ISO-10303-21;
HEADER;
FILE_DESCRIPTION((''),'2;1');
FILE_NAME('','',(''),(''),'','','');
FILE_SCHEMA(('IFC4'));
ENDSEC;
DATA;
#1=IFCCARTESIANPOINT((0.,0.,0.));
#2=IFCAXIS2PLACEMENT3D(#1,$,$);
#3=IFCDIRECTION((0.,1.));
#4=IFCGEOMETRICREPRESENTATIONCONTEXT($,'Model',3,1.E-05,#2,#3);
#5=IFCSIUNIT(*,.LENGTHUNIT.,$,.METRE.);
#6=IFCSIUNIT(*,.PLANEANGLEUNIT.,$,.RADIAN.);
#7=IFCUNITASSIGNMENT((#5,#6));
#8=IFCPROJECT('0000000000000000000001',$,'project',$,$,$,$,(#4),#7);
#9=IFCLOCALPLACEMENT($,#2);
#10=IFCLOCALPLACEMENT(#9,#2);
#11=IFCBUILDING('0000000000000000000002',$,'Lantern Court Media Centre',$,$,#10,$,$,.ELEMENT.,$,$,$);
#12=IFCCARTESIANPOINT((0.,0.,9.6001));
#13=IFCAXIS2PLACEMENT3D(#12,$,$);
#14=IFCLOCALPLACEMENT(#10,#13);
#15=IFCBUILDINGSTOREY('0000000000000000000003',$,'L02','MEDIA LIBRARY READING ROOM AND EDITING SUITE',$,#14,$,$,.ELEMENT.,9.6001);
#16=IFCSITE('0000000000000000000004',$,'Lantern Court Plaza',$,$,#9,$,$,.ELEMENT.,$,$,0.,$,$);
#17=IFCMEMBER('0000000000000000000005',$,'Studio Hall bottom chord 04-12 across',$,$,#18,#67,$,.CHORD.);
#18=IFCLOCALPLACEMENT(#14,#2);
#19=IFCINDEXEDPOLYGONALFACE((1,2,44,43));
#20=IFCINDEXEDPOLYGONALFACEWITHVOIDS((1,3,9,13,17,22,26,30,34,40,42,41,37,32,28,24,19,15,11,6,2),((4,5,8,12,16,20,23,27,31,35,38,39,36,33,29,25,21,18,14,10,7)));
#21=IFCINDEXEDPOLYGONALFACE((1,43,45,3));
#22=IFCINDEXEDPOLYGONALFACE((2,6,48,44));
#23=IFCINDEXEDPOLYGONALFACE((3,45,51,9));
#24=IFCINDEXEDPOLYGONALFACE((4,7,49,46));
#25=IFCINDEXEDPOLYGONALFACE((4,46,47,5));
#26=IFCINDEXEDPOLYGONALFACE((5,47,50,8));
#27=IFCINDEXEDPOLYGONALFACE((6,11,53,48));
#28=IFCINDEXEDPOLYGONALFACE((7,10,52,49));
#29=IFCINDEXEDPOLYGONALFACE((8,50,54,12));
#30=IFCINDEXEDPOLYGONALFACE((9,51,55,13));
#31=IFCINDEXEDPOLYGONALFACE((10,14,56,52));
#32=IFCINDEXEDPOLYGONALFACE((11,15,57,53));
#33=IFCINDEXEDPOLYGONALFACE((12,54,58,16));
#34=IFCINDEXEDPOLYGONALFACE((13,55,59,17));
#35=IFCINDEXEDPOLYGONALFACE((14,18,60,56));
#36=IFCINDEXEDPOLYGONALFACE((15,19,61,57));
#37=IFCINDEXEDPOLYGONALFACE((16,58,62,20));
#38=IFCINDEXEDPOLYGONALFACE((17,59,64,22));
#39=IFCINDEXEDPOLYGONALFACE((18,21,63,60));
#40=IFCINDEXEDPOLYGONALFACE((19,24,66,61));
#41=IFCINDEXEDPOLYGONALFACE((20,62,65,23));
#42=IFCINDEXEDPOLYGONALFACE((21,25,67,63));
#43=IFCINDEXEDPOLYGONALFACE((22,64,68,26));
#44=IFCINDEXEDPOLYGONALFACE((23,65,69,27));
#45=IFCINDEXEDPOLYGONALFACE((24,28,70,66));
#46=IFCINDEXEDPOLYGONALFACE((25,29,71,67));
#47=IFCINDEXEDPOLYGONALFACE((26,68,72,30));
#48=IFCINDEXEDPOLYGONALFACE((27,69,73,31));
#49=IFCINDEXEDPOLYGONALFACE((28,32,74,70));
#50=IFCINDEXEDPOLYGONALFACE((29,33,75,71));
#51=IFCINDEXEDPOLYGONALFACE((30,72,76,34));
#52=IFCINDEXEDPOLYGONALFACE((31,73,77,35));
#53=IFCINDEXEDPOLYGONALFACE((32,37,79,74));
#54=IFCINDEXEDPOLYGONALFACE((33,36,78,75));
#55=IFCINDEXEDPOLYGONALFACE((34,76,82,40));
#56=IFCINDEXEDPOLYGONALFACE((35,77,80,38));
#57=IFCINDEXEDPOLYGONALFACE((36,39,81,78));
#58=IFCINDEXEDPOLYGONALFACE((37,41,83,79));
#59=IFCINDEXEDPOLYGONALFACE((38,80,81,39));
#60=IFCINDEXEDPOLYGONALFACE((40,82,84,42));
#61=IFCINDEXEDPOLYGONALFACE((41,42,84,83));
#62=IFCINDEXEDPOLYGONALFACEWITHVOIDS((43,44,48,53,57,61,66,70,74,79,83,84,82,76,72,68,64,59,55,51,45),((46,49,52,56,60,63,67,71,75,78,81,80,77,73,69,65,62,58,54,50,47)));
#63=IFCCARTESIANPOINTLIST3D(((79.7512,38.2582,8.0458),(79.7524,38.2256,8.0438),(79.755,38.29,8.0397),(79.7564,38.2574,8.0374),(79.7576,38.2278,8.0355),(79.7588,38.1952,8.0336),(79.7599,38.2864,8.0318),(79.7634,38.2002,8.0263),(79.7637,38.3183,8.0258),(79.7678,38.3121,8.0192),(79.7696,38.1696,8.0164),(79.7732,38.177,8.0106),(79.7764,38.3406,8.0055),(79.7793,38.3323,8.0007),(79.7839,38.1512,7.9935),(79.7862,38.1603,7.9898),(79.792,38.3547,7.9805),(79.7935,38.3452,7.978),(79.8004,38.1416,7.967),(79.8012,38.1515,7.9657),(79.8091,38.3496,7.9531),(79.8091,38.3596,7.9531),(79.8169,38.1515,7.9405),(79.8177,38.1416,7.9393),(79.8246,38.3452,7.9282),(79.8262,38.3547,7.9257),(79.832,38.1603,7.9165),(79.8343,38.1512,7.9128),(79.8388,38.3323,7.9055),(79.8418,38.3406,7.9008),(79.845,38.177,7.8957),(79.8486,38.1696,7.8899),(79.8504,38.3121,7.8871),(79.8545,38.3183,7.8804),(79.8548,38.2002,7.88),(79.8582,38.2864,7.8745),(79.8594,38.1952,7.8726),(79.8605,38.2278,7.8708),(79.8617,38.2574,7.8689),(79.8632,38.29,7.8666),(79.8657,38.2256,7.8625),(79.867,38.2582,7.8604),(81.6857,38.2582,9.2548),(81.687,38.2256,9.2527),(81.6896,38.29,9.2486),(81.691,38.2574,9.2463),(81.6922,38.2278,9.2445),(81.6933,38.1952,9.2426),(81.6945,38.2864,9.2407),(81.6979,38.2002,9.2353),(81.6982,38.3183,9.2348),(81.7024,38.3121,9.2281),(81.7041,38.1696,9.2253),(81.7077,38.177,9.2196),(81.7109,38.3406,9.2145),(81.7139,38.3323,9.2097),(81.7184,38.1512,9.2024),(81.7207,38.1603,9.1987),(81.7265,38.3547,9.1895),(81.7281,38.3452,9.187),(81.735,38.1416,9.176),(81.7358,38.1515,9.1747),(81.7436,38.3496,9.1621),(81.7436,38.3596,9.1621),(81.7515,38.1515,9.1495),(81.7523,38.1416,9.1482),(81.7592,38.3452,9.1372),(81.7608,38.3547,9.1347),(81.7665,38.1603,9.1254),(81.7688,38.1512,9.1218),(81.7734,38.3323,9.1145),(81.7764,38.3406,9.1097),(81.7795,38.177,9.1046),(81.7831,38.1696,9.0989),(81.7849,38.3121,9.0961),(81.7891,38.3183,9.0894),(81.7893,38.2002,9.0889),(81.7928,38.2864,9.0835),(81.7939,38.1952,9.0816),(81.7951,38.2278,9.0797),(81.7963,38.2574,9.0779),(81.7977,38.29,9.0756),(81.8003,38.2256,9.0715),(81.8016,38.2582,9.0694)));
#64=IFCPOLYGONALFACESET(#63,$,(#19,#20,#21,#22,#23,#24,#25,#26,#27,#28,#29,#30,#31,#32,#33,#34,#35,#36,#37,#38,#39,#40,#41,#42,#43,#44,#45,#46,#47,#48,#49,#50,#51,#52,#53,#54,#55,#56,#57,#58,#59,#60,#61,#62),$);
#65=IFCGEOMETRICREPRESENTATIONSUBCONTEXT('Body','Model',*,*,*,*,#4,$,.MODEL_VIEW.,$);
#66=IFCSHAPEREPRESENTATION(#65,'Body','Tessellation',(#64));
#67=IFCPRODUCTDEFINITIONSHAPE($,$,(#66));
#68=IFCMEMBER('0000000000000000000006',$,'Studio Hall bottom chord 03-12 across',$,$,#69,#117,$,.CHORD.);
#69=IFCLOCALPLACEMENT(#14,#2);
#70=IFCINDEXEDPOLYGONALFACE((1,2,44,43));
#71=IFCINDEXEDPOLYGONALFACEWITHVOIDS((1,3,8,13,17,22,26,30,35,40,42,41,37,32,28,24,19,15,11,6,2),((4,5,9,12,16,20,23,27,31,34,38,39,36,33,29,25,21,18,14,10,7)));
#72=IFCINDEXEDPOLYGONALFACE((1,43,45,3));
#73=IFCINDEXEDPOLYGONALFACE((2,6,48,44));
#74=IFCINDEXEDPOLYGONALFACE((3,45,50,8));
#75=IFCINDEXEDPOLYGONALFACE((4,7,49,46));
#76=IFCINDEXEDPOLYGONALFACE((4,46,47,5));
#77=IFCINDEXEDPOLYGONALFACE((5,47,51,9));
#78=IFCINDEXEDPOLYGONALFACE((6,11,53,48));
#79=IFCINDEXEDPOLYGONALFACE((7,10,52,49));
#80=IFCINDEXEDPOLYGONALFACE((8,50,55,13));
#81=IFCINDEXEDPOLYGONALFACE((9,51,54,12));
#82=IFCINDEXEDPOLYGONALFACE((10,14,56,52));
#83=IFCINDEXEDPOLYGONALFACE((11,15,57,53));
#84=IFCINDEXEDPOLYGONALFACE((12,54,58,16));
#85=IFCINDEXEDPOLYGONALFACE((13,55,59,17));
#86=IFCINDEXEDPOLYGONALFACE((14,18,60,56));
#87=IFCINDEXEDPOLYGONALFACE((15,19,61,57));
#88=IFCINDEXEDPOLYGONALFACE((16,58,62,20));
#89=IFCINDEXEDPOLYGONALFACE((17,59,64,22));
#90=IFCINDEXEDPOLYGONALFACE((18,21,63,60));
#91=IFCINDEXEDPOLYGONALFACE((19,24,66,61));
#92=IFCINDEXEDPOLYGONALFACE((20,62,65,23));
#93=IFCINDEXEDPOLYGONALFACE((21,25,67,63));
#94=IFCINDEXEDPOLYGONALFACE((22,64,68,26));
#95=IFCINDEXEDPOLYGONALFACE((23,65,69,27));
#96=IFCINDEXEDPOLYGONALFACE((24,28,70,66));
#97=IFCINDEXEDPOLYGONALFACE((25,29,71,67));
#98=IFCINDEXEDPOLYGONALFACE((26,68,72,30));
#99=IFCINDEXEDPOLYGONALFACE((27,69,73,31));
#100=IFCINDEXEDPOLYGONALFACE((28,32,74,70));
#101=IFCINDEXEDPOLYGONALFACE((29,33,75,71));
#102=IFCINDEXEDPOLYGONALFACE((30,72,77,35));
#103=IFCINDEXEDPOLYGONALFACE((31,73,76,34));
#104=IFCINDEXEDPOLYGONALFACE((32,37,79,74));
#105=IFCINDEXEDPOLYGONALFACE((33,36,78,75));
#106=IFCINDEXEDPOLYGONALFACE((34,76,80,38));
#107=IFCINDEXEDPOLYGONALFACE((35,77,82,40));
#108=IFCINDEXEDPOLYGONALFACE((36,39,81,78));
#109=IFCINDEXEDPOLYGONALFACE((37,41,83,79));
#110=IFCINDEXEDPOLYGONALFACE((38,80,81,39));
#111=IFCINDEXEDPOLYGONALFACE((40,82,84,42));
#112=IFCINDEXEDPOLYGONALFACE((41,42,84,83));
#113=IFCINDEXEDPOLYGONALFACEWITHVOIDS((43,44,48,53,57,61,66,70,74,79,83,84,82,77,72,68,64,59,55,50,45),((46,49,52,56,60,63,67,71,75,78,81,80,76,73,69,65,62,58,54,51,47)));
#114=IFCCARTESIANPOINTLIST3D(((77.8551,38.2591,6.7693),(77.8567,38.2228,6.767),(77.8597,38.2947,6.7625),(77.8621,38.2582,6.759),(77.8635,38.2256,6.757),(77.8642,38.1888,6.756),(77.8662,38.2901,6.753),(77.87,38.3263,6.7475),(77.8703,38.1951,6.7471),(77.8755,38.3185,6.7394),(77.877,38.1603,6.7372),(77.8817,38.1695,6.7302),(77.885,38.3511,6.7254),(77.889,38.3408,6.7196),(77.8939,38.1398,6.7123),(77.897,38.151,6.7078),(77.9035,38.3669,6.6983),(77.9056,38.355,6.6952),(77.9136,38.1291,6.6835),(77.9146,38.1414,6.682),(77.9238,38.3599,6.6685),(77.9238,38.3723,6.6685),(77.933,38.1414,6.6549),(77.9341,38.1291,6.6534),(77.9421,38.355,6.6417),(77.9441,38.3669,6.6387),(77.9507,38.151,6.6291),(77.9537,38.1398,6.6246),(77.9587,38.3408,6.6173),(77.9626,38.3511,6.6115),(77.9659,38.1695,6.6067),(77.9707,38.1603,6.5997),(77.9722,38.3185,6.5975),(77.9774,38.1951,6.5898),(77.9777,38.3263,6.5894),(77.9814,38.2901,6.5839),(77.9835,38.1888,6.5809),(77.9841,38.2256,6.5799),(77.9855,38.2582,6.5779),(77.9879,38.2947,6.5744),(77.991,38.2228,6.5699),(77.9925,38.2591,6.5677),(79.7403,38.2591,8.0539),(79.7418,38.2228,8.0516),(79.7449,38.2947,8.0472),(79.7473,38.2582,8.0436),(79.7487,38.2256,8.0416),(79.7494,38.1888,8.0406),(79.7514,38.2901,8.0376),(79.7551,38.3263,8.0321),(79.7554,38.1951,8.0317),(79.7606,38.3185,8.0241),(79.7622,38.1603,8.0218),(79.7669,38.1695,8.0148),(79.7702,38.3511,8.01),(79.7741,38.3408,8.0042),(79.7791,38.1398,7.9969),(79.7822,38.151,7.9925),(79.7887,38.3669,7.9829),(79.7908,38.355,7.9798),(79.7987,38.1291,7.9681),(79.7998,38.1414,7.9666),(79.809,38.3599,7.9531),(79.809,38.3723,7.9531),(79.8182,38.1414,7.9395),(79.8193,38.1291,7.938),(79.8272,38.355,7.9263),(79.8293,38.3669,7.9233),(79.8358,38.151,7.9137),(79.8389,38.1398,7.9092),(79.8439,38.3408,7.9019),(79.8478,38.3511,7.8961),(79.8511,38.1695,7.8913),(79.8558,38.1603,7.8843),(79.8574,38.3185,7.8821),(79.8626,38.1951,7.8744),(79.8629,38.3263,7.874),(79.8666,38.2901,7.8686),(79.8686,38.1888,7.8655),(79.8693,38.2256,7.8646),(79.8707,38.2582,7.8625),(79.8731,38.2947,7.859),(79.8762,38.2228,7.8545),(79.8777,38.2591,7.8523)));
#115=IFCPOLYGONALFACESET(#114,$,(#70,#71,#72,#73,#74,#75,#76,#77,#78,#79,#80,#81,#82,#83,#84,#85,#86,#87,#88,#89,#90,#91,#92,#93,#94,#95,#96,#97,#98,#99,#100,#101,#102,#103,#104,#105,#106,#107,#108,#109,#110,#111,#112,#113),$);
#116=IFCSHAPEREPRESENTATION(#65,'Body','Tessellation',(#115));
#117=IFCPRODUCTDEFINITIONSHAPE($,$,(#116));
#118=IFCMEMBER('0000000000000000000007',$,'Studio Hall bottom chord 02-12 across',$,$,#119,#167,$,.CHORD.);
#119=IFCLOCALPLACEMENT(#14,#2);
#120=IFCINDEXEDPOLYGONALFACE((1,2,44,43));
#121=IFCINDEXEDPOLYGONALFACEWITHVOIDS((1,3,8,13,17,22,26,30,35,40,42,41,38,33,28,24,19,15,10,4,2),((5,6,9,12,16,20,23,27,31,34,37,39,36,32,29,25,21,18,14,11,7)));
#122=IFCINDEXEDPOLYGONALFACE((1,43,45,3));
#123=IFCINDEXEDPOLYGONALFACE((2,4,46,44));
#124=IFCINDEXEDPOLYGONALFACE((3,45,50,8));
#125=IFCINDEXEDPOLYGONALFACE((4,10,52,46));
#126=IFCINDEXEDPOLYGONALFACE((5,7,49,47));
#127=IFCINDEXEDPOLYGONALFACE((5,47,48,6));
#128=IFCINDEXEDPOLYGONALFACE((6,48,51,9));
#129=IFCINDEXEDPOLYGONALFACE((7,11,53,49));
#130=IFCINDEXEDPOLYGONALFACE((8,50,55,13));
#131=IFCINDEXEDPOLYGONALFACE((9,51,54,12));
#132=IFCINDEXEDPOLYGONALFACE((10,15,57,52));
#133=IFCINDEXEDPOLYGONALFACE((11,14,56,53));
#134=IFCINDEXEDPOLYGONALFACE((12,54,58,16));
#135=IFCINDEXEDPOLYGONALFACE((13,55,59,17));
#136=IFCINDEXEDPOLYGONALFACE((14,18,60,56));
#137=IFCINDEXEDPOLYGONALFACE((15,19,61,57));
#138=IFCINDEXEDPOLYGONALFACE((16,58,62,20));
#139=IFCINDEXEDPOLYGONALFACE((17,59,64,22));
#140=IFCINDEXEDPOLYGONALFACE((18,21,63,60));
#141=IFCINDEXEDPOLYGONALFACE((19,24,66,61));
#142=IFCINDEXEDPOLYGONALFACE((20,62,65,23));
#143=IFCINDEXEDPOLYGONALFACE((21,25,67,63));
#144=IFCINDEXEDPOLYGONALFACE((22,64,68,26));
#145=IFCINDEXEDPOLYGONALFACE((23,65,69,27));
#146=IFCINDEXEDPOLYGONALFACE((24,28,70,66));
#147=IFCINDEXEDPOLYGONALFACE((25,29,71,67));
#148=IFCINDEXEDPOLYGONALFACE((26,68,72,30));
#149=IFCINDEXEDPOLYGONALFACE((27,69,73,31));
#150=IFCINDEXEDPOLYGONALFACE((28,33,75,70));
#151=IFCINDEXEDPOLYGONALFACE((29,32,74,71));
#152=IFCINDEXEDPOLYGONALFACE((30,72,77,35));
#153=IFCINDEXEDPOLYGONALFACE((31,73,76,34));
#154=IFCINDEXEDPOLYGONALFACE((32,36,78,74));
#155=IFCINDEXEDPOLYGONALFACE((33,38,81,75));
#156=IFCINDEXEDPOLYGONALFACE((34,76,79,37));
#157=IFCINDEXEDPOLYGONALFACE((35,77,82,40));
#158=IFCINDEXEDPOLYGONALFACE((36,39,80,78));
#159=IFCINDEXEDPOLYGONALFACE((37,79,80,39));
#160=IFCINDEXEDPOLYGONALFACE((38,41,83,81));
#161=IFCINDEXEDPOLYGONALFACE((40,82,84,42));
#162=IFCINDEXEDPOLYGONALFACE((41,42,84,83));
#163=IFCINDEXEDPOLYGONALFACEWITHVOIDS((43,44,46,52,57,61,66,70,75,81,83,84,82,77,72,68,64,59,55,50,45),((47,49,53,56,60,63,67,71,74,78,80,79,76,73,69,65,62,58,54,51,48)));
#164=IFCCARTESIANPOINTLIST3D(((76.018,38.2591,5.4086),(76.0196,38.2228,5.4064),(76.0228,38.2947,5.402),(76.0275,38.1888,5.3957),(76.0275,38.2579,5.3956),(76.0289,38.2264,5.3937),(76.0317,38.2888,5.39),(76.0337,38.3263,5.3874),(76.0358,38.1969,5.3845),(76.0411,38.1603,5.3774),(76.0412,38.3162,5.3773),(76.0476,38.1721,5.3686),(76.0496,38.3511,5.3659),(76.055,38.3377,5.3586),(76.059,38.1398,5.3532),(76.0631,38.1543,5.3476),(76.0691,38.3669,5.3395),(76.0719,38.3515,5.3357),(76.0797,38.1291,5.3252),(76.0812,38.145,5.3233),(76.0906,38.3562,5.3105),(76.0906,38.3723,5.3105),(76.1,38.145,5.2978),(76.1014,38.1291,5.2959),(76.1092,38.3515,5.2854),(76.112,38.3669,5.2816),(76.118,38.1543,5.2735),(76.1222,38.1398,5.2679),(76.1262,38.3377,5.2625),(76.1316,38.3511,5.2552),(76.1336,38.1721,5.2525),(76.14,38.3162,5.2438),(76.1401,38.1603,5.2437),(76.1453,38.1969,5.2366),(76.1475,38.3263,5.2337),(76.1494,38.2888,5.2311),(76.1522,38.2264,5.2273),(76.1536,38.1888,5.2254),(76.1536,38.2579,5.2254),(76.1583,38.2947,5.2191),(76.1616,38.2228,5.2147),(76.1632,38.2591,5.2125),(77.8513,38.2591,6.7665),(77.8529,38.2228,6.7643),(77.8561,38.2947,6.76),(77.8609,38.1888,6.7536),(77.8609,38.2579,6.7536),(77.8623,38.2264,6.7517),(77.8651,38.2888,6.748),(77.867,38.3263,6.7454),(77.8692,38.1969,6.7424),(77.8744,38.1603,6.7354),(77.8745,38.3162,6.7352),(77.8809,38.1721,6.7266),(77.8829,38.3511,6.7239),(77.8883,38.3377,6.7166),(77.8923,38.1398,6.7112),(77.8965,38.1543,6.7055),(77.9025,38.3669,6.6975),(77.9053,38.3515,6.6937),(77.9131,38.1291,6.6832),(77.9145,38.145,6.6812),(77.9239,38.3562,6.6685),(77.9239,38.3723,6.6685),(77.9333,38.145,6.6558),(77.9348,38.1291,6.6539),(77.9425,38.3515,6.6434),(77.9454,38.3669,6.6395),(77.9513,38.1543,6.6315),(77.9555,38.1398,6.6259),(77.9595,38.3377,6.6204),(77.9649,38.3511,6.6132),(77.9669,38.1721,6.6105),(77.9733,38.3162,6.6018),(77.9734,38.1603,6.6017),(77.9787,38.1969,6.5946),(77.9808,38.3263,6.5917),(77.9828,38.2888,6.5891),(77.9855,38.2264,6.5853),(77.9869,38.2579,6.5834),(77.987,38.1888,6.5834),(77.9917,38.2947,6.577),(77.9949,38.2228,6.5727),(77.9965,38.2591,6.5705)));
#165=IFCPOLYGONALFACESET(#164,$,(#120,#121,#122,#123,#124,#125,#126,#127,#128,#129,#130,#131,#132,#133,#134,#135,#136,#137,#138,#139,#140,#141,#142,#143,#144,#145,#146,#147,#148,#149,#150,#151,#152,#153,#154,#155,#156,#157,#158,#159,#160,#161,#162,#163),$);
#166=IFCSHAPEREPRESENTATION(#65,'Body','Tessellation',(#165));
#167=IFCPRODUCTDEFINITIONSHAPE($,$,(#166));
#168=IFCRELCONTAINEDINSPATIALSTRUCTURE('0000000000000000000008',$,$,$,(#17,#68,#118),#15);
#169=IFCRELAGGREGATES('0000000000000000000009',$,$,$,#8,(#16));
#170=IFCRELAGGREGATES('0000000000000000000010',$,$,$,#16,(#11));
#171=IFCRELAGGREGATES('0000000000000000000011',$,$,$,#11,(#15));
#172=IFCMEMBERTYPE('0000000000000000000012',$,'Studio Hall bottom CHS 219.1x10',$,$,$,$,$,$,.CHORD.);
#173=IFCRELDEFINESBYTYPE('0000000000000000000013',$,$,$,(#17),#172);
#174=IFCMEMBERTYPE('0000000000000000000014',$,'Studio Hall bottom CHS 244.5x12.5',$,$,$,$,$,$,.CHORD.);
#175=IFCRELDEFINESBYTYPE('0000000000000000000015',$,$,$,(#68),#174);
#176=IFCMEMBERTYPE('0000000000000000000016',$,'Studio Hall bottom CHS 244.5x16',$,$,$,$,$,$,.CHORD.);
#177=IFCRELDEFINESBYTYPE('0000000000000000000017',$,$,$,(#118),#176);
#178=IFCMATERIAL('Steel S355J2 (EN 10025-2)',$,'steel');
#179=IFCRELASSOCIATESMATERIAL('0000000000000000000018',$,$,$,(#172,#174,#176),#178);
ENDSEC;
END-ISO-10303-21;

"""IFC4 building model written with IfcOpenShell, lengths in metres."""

from ifc_helpers import new_model, si_unit, direction, frame, origin, origin_2d, place, context, subcontext, project, spatial, hollow_circle, extrude, material, material_profile, profile_set, type_object, element, save


model = new_model("IFC4")

# Units and contexts
model_context = context("Model", 3, precision=1e-05, world=origin(), true_north=direction((0.0, 1.0)))
body_context = subcontext(model_context, "Body", "Model", "MODEL_VIEW")
ifc_project = project(units=[si_unit("LENGTHUNIT", "METRE"), si_unit("PLANEANGLEUNIT", "RADIAN")], contexts=[model_context])

# Site, building, storey
site_placement = place(None, origin())
site = spatial("IfcSite", under=ifc_project, at=site_placement, Name="Lantern Court Plaza", CompositionType="ELEMENT", RefElevation=0.0)
building_placement = place(site_placement, origin())
building = spatial("IfcBuilding", under=site, at=building_placement, Name="Lantern Court Media Centre", CompositionType="ELEMENT")
storey_placement = place(building_placement, frame((0.0, 0.0, 9.6001)))
storey = spatial("IfcBuildingStorey", under=building, at=storey_placement, Name="L02", Description="MEDIA LIBRARY READING ROOM AND EDITING SUITE", CompositionType="ELEMENT", Elevation=9.6001)

# Members
ifc_material = material(Name="Steel S355J2 (EN 10025-2)", Category="steel")
ifc_material_profile_1 = material_profile(ifc_material, hollow_circle(Radius=0.1096, WallThickness=0.01, at=origin_2d()), Name="Studio Hall bottom CHS 219.1x10")
ifc_profile_set_1 = profile_set([ifc_material_profile_1], Name="Steel S355J2 (EN 10025-2)")
member_type_1 = type_object("IfcMemberType", Name="Studio Hall bottom CHS 219.1x10", PredefinedType="CHORD", material=ifc_profile_set_1)
member_1_placement = place(storey_placement, frame((79.8091, 38.25, 7.9531), z_axis=(0.848022, 0.0, 0.52996), x_axis=(0.0, 1.0, 0.0)))
element("IfcMember", 1, at=member_1_placement, inside=storey, type_object=member_type_1, Name="Studio Hall bottom chord 04-12 across", PredefinedType="CHORD", context=body_context, shape_type="SweptSolid", body=[
    extrude(hollow_circle(Radius=0.1096, WallThickness=0.01, at=origin_2d()), origin(), (0.0, 0.0, 1.0), 2.2812),
])
ifc_material_profile_2 = material_profile(ifc_material, hollow_circle(Radius=0.1223, WallThickness=0.0125, at=origin_2d()), Name="Studio Hall bottom CHS 244.5x12.5")
ifc_profile_set_2 = profile_set([ifc_material_profile_2], Name="Steel S355J2 (EN 10025-2)")
member_type_2 = type_object("IfcMemberType", Name="Studio Hall bottom CHS 244.5x12.5", PredefinedType="CHORD", material=ifc_profile_set_2)
member_2_placement = place(storey_placement, frame((77.9238, 38.25, 6.6685), z_axis=(0.826377, 0.0, 0.563118), x_axis=(0.0, 1.0, 0.0)))
element("IfcMember", 2, at=member_2_placement, inside=storey, type_object=member_type_2, Name="Studio Hall bottom chord 03-12 across", PredefinedType="CHORD", context=body_context, shape_type="SweptSolid", body=[
    extrude(hollow_circle(Radius=0.1223, WallThickness=0.0125, at=origin_2d()), origin(), (0.0, 0.0, 1.0), 2.2812),
])
ifc_material_profile_3 = material_profile(ifc_material, hollow_circle(Radius=0.1223, WallThickness=0.0161, at=origin_2d()), Name="Studio Hall bottom CHS 244.5x16")
ifc_profile_set_3 = profile_set([ifc_material_profile_3], Name="Steel S355J2 (EN 10025-2)")
member_type_3 = type_object("IfcMemberType", Name="Studio Hall bottom CHS 244.5x16", PredefinedType="CHORD", material=ifc_profile_set_3)
member_3_placement = place(storey_placement, frame((76.0906, 38.25, 5.3105), z_axis=(0.803569, 0.0, 0.595212), x_axis=(0.0, 1.0, 0.0)))
element("IfcMember", 3, at=member_3_placement, inside=storey, type_object=member_type_3, Name="Studio Hall bottom chord 02-12 across", PredefinedType="CHORD", context=body_context, shape_type="SweptSolid", body=[
    extrude(hollow_circle(Radius=0.1223, WallThickness=0.0161, at=origin_2d()), origin(), (0.0, 0.0, 1.0), 2.2815),
])

save(model, "model.ifc")
